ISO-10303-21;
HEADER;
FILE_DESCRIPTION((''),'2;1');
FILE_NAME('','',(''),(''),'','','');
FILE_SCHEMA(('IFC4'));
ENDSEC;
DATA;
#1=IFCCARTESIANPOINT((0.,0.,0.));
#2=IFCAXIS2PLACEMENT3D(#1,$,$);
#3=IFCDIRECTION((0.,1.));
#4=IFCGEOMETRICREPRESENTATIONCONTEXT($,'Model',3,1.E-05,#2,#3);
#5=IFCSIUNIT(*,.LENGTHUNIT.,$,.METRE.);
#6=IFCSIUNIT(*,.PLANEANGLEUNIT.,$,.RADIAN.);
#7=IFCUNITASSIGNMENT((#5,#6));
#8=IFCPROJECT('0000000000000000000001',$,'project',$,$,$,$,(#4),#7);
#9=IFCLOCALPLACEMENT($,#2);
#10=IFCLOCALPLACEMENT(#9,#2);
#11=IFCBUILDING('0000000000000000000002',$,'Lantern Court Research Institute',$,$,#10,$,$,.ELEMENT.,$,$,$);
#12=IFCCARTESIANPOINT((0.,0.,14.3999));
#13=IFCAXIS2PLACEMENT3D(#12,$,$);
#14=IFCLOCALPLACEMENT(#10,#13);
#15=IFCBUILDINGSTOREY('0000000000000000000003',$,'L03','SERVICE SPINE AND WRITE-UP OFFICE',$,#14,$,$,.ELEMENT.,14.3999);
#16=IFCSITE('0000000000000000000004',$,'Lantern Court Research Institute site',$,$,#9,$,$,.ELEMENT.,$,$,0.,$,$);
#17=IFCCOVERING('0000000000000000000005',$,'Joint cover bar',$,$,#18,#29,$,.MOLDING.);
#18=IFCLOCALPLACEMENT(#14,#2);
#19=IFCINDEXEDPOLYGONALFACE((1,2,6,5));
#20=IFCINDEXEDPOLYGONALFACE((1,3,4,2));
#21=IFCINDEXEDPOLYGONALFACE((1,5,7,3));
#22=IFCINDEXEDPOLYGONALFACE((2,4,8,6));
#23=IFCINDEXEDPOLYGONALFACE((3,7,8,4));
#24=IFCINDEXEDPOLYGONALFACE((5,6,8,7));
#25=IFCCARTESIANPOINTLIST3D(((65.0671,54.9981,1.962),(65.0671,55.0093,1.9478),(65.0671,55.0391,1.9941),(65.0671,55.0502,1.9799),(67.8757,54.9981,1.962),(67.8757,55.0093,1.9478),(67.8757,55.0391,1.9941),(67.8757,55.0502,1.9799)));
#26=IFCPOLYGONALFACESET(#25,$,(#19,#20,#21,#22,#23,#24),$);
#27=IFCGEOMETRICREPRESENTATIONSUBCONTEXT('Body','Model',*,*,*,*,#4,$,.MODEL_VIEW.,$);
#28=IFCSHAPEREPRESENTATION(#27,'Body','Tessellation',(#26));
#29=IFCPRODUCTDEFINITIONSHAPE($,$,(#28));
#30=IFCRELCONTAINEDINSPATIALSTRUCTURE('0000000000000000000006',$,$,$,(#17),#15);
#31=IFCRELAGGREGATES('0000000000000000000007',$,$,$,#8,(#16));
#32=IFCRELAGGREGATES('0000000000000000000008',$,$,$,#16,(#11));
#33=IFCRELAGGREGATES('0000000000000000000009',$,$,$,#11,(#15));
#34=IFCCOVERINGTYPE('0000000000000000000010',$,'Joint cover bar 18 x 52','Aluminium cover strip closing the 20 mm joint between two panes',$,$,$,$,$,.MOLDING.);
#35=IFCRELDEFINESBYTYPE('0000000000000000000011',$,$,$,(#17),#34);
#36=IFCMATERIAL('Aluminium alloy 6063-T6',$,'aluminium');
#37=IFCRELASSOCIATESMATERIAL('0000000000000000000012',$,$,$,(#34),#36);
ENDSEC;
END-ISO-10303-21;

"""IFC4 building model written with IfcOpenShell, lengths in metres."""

from ifc_helpers import new_model, si_unit, direction, frame, origin, origin_2d, place, context, subcontext, project, spatial, rectangle, extrude, material, material_profile, profile_set, type_object, element, save


model = new_model("IFC4")

# Units and contexts
model_context = context("Model", 3, precision=1e-05, world=origin(), true_north=direction((0.0, 1.0)))
body_context = subcontext(model_context, "Body", "Model", "MODEL_VIEW")
ifc_project = project(units=[si_unit("LENGTHUNIT", "METRE"), si_unit("PLANEANGLEUNIT", "RADIAN")], contexts=[model_context])

# Site, building, storey
site_placement = place(None, origin())
site = spatial("IfcSite", under=ifc_project, at=site_placement, Name="Lantern Court Research Institute site", CompositionType="ELEMENT", RefElevation=0.0)
building_placement = place(site_placement, origin())
building = spatial("IfcBuilding", under=site, at=building_placement, Name="Lantern Court Research Institute", CompositionType="ELEMENT")
storey_placement = place(building_placement, frame((0.0, 0.0, 14.3999)))
storey = spatial("IfcBuildingStorey", under=building, at=storey_placement, Name="L03", Description="SERVICE SPINE AND WRITE-UP OFFICE", CompositionType="ELEMENT", Elevation=14.3999)

# Covering
ifc_material_1 = material(Name="Aluminium alloy 6063-T6", Category="aluminium")
ifc_material_profile_1 = material_profile(ifc_material_1, rectangle(XDim=0.0181, YDim=0.052, at=origin_2d()), Name="Joint cover bar 18 x 52")
ifc_profile_set_1 = profile_set([ifc_material_profile_1], Name="Aluminium alloy 6063-T6")
covering_type = type_object("IfcCoveringType", Name="Joint cover bar 18 x 52", Description="Aluminium cover strip closing the 20 mm joint between two panes", PredefinedType="MOLDING", material=ifc_profile_set_1)
for number, where, z_axis, x_axis, name in (
    (1, (65.0671, 55.0242, 1.9709), (1.0, 0.0, 0.0), (0.0, 0.616657, -0.787232), "Joint cover bar"),
):
    element("IfcCovering", number, at=place(storey_placement, frame(where, z_axis=z_axis, x_axis=x_axis)), inside=storey, type_object=covering_type, Name=name, PredefinedType="MOLDING", context=body_context, shape_type="SweptSolid", body=[
        extrude(rectangle(XDim=0.0181, YDim=0.052, at=origin_2d()), origin(), (0.0, 0.0, 1.0), 2.8086),
    ])

save(model, "model.ifc")
